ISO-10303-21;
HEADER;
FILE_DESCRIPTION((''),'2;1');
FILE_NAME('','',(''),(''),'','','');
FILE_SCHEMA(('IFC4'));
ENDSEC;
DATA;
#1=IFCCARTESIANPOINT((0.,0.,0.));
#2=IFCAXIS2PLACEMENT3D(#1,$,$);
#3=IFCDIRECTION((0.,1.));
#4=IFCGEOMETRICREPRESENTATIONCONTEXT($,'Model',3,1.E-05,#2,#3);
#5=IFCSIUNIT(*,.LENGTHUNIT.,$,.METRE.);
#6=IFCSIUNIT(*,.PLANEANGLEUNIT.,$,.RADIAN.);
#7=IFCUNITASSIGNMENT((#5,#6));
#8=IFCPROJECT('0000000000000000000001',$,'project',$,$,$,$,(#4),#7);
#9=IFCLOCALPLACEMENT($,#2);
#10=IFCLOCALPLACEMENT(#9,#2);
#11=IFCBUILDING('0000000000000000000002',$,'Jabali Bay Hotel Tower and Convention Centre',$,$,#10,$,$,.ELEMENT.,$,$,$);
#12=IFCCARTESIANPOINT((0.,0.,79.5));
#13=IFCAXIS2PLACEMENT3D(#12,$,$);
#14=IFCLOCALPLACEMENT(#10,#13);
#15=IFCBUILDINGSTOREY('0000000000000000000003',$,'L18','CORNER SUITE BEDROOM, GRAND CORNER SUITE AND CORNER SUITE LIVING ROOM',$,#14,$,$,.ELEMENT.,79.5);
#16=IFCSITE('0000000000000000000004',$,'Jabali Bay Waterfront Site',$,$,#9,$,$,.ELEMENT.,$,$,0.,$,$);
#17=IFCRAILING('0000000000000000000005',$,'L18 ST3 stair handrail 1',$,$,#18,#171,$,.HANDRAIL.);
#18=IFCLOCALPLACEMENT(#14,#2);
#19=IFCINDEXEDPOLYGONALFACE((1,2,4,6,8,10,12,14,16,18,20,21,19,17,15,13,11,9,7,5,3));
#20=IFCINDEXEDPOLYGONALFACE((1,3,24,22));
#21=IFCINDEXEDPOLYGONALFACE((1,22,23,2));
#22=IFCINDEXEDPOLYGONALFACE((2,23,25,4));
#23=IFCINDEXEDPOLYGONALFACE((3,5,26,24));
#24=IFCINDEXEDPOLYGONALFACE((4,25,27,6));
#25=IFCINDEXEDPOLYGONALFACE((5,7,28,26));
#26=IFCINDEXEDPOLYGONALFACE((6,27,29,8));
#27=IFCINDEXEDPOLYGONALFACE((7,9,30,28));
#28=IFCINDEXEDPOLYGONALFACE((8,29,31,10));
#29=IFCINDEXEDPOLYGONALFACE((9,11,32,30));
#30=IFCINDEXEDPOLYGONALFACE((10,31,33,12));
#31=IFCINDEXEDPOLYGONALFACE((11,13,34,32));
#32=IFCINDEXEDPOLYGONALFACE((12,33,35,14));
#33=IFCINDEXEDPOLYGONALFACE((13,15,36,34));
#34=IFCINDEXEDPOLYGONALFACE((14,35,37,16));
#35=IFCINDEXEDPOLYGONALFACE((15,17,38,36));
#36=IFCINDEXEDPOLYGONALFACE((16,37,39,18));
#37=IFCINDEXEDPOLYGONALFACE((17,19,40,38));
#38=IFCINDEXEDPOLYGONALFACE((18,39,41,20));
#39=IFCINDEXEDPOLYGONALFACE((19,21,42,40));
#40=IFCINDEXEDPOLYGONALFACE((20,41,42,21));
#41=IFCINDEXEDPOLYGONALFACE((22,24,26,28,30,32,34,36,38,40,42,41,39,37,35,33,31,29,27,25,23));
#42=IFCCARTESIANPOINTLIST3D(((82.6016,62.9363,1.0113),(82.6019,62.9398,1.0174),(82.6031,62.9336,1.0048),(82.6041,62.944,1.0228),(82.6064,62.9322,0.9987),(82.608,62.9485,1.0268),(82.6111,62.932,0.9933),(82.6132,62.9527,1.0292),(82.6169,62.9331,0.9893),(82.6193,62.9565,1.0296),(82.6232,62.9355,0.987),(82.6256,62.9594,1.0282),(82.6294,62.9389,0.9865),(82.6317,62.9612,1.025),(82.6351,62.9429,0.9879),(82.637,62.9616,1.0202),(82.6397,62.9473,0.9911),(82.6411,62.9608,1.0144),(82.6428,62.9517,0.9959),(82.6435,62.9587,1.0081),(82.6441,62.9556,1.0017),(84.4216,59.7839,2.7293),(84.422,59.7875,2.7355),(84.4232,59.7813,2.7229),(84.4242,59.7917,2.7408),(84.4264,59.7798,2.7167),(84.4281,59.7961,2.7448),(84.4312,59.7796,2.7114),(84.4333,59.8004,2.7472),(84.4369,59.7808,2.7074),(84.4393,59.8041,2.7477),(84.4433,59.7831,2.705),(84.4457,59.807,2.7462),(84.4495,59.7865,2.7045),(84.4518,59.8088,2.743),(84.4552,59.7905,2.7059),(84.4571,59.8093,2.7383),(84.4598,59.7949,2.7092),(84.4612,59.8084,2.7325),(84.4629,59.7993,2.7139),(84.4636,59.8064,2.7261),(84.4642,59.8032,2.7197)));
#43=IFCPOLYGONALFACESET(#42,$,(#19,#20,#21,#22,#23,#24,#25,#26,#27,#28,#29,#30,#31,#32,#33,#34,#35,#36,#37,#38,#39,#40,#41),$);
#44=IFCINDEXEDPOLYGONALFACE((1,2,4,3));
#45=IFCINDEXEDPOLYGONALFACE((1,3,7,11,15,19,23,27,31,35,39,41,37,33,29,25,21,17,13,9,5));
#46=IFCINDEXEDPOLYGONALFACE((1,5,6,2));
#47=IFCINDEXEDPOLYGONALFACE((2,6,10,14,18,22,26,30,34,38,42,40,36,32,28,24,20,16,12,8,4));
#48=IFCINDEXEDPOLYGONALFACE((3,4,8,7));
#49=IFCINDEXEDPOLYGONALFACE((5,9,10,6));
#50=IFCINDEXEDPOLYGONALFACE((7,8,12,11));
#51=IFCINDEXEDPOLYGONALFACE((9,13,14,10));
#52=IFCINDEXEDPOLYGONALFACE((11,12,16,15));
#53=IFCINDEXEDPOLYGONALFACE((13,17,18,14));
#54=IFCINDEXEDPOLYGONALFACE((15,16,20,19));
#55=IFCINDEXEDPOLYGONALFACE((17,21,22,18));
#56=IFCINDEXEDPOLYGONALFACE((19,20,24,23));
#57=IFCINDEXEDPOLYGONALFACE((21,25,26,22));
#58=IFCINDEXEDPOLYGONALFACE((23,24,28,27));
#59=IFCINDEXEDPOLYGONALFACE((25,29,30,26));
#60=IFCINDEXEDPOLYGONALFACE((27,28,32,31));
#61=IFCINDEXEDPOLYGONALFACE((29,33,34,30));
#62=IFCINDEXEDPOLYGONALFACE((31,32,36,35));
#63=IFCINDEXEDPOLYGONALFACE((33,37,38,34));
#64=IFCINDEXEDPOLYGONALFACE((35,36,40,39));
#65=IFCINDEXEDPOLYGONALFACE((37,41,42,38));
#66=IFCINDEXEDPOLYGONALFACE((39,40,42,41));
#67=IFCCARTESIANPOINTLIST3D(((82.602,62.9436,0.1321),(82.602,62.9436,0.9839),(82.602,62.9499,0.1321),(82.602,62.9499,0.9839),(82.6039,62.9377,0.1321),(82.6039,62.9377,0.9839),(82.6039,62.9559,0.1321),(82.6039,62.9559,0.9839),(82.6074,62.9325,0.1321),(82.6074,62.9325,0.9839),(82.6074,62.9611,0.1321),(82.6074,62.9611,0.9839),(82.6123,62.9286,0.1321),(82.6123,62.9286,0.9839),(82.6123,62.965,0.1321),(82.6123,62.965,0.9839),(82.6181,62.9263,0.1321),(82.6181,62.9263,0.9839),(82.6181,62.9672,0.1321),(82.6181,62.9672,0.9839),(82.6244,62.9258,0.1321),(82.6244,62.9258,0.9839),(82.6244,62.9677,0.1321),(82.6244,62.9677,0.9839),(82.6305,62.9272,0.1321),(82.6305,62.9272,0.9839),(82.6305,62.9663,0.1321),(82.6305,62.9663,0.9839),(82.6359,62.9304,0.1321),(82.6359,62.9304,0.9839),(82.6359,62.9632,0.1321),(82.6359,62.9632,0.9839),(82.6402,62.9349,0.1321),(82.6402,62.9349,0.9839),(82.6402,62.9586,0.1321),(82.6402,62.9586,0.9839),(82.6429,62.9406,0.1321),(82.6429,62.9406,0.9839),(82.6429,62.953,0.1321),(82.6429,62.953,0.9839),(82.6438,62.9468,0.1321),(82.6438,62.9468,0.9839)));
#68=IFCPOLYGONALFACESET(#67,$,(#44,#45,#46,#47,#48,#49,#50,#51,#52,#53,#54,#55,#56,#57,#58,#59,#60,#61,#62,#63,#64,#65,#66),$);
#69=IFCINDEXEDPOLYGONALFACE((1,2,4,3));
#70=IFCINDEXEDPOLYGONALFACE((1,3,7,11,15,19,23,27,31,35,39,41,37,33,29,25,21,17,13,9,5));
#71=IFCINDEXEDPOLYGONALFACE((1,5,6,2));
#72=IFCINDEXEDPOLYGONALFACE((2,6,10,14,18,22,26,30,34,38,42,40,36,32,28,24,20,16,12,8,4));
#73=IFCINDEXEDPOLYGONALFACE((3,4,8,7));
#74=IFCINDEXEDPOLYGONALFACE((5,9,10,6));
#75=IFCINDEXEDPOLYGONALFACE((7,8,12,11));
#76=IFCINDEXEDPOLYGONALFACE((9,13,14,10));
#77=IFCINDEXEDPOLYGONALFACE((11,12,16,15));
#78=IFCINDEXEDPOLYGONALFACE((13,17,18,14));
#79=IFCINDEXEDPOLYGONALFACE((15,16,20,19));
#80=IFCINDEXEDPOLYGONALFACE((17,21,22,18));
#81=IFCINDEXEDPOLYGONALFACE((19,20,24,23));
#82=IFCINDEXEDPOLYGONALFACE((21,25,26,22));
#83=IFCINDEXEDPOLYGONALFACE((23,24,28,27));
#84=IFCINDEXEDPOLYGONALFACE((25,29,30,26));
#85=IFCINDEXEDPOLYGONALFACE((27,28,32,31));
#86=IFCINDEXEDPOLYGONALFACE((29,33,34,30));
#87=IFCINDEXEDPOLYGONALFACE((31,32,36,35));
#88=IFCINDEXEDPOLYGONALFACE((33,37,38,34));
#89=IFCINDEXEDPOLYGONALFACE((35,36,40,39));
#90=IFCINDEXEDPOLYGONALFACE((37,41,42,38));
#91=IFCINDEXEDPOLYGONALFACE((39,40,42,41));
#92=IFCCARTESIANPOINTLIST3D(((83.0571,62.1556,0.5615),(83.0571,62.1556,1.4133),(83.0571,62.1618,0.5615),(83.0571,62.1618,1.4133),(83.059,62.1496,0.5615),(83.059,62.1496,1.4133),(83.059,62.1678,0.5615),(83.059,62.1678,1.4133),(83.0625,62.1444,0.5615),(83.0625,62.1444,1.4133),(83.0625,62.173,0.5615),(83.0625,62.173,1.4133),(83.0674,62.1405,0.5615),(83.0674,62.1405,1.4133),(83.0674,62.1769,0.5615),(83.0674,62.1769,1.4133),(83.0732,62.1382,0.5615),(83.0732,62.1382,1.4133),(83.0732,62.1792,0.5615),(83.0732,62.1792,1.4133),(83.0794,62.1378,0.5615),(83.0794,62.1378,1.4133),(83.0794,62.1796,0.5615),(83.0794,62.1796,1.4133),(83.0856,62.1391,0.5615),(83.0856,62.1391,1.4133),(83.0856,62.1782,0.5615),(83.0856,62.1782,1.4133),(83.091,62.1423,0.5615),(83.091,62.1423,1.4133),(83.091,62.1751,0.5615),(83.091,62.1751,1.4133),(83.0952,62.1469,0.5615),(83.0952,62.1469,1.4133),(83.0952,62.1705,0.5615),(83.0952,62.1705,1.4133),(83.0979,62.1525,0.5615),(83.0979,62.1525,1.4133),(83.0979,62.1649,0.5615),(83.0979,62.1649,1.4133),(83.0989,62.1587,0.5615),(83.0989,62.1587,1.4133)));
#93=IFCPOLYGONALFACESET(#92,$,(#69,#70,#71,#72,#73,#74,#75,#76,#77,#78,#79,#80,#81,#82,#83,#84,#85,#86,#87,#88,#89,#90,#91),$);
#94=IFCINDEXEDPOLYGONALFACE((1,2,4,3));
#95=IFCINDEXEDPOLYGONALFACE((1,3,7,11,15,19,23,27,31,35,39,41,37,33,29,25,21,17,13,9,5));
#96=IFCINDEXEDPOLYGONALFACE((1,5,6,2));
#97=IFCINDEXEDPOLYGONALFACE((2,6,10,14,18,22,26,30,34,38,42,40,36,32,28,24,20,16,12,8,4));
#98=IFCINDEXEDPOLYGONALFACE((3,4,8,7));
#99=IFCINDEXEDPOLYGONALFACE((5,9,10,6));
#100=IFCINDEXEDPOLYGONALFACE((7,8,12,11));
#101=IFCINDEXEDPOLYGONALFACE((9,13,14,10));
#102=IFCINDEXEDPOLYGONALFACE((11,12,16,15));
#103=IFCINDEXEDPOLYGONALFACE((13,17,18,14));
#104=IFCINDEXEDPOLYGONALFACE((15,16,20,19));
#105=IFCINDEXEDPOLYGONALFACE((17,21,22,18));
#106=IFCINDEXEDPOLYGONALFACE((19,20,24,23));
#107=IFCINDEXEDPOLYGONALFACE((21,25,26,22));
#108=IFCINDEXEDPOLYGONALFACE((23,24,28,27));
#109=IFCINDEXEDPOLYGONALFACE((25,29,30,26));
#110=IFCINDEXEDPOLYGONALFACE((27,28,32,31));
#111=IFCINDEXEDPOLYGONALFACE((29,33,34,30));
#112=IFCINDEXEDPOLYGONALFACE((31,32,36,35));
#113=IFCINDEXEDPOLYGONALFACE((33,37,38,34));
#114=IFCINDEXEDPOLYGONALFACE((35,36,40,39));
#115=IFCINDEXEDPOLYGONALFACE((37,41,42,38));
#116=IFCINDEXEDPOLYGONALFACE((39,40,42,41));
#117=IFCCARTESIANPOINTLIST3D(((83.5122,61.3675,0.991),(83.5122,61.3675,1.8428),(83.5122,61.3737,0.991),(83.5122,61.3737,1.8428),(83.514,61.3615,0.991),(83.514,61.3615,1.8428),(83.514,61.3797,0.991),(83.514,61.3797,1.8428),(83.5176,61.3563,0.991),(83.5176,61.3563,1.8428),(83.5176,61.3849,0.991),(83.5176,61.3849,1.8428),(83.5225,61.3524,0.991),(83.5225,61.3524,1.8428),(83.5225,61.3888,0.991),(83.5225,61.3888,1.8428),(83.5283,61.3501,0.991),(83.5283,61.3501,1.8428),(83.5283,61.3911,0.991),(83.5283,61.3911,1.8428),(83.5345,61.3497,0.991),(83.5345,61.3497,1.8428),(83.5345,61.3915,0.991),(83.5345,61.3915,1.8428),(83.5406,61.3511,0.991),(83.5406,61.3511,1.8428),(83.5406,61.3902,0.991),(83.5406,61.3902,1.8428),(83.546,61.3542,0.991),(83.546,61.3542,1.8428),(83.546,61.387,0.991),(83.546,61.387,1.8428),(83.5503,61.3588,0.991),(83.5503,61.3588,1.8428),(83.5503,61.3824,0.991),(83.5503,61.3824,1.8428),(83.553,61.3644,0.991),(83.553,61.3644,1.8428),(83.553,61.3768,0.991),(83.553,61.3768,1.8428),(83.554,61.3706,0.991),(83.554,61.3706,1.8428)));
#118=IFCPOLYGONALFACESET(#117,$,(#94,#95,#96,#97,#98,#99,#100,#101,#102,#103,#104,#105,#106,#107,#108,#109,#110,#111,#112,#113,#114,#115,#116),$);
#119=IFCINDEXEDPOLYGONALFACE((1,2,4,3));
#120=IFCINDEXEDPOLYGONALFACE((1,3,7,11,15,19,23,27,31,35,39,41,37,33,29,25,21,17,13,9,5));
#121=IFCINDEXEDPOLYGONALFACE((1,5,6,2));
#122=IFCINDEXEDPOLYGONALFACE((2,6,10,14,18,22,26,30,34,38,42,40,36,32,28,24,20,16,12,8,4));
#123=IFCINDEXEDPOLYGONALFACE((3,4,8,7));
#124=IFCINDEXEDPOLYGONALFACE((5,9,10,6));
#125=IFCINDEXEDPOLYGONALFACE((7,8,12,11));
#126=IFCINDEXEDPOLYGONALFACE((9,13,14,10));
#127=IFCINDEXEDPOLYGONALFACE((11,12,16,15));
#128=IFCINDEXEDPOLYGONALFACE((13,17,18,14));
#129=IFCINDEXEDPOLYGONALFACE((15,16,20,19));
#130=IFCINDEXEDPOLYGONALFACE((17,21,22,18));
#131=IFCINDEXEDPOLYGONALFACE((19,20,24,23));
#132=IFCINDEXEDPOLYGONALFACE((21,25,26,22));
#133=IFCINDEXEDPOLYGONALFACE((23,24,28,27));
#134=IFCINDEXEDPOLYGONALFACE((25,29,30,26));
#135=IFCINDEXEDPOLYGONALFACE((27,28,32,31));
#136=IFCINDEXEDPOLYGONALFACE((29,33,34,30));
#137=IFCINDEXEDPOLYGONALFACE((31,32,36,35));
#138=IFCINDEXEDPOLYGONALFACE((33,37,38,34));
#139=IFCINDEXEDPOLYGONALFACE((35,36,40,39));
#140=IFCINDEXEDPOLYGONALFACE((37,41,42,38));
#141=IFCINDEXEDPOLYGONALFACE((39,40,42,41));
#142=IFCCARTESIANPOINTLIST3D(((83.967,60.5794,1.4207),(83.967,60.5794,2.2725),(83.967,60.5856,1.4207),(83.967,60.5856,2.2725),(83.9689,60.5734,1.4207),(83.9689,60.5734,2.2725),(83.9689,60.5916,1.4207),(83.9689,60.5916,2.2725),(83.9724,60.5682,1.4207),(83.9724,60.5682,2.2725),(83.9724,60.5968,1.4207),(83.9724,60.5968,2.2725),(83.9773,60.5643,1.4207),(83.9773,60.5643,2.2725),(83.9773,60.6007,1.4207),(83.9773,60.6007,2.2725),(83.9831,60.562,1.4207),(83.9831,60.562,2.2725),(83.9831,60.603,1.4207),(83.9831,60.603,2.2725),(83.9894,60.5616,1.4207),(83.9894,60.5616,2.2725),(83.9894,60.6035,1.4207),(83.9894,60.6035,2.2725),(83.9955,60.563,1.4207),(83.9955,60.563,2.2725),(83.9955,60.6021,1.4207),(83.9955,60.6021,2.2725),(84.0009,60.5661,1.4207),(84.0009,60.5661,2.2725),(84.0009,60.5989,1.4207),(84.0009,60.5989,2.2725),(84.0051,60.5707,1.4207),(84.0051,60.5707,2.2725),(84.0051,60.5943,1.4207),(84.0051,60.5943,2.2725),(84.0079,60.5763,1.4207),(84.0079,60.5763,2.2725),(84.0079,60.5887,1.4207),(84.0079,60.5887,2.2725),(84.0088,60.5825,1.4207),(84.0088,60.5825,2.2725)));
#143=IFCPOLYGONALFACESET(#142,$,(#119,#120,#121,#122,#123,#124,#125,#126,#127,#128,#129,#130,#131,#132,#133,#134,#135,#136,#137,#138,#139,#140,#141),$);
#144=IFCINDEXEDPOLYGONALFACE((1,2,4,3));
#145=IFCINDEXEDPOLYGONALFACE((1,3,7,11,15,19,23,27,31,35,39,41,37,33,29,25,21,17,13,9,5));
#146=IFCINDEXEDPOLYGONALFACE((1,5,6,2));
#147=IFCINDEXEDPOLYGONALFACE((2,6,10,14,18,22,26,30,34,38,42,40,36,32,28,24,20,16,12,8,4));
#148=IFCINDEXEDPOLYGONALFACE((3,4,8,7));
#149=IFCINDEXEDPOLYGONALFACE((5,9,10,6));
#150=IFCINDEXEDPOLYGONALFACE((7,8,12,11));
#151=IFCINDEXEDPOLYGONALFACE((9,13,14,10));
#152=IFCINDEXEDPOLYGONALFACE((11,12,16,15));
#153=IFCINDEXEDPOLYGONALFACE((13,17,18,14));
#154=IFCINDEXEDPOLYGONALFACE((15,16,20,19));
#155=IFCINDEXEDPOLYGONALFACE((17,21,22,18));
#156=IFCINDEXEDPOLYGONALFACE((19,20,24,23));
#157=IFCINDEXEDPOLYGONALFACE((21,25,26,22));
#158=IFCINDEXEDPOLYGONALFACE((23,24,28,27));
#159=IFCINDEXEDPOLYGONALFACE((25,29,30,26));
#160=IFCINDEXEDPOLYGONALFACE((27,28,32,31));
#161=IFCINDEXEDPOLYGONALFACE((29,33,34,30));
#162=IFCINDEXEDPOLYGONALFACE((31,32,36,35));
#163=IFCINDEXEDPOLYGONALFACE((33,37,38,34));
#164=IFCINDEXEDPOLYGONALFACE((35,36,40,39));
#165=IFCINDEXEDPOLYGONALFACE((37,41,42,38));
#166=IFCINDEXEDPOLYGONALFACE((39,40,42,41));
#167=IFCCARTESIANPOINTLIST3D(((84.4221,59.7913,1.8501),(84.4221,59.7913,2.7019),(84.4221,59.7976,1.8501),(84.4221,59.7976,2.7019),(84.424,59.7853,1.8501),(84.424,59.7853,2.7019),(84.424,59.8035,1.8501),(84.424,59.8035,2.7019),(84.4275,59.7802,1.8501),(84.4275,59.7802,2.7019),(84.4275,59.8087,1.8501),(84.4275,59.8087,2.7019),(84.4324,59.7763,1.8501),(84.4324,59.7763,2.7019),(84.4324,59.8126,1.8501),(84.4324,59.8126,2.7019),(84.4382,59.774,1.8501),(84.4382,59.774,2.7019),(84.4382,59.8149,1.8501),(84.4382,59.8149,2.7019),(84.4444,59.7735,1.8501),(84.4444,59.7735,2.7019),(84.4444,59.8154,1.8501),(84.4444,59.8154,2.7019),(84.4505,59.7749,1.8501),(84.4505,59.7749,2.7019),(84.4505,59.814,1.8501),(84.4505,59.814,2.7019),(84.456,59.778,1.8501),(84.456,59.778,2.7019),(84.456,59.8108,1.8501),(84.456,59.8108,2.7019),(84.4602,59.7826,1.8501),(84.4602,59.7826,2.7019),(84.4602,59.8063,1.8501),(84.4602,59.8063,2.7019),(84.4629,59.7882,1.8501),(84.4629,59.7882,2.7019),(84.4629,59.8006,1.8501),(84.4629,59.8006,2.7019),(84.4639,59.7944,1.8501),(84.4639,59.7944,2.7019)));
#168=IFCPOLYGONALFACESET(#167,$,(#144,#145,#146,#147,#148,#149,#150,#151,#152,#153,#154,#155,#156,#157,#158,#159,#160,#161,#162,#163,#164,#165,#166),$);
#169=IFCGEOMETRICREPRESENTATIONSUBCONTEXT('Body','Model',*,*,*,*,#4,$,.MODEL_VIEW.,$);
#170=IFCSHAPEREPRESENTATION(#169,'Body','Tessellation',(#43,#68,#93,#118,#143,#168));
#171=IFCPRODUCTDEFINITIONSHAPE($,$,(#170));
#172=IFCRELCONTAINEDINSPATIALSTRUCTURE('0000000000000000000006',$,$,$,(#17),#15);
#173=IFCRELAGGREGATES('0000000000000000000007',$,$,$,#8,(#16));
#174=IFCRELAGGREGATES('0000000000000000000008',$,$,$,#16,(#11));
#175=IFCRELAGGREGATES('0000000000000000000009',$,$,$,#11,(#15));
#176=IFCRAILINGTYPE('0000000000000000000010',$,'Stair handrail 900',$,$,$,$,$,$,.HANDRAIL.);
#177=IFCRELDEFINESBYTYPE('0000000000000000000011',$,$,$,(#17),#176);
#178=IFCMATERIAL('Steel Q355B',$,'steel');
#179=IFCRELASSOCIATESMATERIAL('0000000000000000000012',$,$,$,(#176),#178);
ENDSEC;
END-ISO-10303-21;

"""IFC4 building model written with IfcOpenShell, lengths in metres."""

from ifc_helpers import new_model, si_unit, direction, frame, origin, origin_2d, place, context, subcontext, project, spatial, circle, extrude, material, type_object, element, save


model = new_model("IFC4")

# Units and contexts
model_context = context("Model", 3, precision=1e-05, world=origin(), true_north=direction((0.0, 1.0)))
body_context = subcontext(model_context, "Body", "Model", "MODEL_VIEW")
ifc_project = project(units=[si_unit("LENGTHUNIT", "METRE"), si_unit("PLANEANGLEUNIT", "RADIAN")], contexts=[model_context])

# Site, building, storey
site_placement = place(None, origin())
site = spatial("IfcSite", under=ifc_project, at=site_placement, Name="Jabali Bay Waterfront Site", CompositionType="ELEMENT", RefElevation=0.0)
building_placement = place(site_placement, origin())
building = spatial("IfcBuilding", under=site, at=building_placement, Name="Jabali Bay Hotel Tower and Convention Centre", CompositionType="ELEMENT")
storey_placement = place(building_placement, frame((0.0, 0.0, 79.5)))
storey = spatial("IfcBuildingStorey", under=building, at=storey_placement, Name="L18", Description="CORNER SUITE BEDROOM, GRAND CORNER SUITE AND CORNER SUITE LIVING ROOM", CompositionType="ELEMENT", Elevation=79.5)

# Railing
ifc_material_1 = material(Name="Steel Q355B", Category="steel")
railing_type_1 = type_object("IfcRailingType", Name="Stair handrail 900", PredefinedType="HANDRAIL", material=ifc_material_1)
railing_1_placement = place(storey_placement, frame((82.6228, 62.9468, 0.1321)))
element("IfcRailing", 1, at=railing_1_placement, inside=storey, type_object=railing_type_1, Name="L18 ST3 stair handrail 1", PredefinedType="HANDRAIL", context=body_context, shape_type="SweptSolid", body=[
    extrude(circle(Radius=0.0239, at=origin_2d()), frame((0.0, 0.0, 0.876), z_axis=(0.452179, -0.78317, 0.426825), x_axis=(0.866018, 0.500013, 0.0)), (0.0, 0.0, 1.0), 4.0251),
    extrude(circle(Radius=0.021, at=origin_2d()), origin(), (0.0, 0.0, 1.0), 0.8518),
    extrude(circle(Radius=0.021, at=origin_2d()), frame((0.4551, -0.7881, 0.4294)), (0.0, 0.0, 1.0), 0.8518),
    extrude(circle(Radius=0.021, at=origin_2d()), frame((0.9102, -1.5762, 0.8589)), (0.0, 0.0, 1.0), 0.8518),
    extrude(circle(Radius=0.021, at=origin_2d()), frame((1.365, -2.3643, 1.2886)), (0.0, 0.0, 1.0), 0.8518),
    extrude(circle(Radius=0.021, at=origin_2d()), frame((1.8201, -3.1523, 1.718)), (0.0, 0.0, 1.0), 0.8518),
])

save(model, "model.ifc")
